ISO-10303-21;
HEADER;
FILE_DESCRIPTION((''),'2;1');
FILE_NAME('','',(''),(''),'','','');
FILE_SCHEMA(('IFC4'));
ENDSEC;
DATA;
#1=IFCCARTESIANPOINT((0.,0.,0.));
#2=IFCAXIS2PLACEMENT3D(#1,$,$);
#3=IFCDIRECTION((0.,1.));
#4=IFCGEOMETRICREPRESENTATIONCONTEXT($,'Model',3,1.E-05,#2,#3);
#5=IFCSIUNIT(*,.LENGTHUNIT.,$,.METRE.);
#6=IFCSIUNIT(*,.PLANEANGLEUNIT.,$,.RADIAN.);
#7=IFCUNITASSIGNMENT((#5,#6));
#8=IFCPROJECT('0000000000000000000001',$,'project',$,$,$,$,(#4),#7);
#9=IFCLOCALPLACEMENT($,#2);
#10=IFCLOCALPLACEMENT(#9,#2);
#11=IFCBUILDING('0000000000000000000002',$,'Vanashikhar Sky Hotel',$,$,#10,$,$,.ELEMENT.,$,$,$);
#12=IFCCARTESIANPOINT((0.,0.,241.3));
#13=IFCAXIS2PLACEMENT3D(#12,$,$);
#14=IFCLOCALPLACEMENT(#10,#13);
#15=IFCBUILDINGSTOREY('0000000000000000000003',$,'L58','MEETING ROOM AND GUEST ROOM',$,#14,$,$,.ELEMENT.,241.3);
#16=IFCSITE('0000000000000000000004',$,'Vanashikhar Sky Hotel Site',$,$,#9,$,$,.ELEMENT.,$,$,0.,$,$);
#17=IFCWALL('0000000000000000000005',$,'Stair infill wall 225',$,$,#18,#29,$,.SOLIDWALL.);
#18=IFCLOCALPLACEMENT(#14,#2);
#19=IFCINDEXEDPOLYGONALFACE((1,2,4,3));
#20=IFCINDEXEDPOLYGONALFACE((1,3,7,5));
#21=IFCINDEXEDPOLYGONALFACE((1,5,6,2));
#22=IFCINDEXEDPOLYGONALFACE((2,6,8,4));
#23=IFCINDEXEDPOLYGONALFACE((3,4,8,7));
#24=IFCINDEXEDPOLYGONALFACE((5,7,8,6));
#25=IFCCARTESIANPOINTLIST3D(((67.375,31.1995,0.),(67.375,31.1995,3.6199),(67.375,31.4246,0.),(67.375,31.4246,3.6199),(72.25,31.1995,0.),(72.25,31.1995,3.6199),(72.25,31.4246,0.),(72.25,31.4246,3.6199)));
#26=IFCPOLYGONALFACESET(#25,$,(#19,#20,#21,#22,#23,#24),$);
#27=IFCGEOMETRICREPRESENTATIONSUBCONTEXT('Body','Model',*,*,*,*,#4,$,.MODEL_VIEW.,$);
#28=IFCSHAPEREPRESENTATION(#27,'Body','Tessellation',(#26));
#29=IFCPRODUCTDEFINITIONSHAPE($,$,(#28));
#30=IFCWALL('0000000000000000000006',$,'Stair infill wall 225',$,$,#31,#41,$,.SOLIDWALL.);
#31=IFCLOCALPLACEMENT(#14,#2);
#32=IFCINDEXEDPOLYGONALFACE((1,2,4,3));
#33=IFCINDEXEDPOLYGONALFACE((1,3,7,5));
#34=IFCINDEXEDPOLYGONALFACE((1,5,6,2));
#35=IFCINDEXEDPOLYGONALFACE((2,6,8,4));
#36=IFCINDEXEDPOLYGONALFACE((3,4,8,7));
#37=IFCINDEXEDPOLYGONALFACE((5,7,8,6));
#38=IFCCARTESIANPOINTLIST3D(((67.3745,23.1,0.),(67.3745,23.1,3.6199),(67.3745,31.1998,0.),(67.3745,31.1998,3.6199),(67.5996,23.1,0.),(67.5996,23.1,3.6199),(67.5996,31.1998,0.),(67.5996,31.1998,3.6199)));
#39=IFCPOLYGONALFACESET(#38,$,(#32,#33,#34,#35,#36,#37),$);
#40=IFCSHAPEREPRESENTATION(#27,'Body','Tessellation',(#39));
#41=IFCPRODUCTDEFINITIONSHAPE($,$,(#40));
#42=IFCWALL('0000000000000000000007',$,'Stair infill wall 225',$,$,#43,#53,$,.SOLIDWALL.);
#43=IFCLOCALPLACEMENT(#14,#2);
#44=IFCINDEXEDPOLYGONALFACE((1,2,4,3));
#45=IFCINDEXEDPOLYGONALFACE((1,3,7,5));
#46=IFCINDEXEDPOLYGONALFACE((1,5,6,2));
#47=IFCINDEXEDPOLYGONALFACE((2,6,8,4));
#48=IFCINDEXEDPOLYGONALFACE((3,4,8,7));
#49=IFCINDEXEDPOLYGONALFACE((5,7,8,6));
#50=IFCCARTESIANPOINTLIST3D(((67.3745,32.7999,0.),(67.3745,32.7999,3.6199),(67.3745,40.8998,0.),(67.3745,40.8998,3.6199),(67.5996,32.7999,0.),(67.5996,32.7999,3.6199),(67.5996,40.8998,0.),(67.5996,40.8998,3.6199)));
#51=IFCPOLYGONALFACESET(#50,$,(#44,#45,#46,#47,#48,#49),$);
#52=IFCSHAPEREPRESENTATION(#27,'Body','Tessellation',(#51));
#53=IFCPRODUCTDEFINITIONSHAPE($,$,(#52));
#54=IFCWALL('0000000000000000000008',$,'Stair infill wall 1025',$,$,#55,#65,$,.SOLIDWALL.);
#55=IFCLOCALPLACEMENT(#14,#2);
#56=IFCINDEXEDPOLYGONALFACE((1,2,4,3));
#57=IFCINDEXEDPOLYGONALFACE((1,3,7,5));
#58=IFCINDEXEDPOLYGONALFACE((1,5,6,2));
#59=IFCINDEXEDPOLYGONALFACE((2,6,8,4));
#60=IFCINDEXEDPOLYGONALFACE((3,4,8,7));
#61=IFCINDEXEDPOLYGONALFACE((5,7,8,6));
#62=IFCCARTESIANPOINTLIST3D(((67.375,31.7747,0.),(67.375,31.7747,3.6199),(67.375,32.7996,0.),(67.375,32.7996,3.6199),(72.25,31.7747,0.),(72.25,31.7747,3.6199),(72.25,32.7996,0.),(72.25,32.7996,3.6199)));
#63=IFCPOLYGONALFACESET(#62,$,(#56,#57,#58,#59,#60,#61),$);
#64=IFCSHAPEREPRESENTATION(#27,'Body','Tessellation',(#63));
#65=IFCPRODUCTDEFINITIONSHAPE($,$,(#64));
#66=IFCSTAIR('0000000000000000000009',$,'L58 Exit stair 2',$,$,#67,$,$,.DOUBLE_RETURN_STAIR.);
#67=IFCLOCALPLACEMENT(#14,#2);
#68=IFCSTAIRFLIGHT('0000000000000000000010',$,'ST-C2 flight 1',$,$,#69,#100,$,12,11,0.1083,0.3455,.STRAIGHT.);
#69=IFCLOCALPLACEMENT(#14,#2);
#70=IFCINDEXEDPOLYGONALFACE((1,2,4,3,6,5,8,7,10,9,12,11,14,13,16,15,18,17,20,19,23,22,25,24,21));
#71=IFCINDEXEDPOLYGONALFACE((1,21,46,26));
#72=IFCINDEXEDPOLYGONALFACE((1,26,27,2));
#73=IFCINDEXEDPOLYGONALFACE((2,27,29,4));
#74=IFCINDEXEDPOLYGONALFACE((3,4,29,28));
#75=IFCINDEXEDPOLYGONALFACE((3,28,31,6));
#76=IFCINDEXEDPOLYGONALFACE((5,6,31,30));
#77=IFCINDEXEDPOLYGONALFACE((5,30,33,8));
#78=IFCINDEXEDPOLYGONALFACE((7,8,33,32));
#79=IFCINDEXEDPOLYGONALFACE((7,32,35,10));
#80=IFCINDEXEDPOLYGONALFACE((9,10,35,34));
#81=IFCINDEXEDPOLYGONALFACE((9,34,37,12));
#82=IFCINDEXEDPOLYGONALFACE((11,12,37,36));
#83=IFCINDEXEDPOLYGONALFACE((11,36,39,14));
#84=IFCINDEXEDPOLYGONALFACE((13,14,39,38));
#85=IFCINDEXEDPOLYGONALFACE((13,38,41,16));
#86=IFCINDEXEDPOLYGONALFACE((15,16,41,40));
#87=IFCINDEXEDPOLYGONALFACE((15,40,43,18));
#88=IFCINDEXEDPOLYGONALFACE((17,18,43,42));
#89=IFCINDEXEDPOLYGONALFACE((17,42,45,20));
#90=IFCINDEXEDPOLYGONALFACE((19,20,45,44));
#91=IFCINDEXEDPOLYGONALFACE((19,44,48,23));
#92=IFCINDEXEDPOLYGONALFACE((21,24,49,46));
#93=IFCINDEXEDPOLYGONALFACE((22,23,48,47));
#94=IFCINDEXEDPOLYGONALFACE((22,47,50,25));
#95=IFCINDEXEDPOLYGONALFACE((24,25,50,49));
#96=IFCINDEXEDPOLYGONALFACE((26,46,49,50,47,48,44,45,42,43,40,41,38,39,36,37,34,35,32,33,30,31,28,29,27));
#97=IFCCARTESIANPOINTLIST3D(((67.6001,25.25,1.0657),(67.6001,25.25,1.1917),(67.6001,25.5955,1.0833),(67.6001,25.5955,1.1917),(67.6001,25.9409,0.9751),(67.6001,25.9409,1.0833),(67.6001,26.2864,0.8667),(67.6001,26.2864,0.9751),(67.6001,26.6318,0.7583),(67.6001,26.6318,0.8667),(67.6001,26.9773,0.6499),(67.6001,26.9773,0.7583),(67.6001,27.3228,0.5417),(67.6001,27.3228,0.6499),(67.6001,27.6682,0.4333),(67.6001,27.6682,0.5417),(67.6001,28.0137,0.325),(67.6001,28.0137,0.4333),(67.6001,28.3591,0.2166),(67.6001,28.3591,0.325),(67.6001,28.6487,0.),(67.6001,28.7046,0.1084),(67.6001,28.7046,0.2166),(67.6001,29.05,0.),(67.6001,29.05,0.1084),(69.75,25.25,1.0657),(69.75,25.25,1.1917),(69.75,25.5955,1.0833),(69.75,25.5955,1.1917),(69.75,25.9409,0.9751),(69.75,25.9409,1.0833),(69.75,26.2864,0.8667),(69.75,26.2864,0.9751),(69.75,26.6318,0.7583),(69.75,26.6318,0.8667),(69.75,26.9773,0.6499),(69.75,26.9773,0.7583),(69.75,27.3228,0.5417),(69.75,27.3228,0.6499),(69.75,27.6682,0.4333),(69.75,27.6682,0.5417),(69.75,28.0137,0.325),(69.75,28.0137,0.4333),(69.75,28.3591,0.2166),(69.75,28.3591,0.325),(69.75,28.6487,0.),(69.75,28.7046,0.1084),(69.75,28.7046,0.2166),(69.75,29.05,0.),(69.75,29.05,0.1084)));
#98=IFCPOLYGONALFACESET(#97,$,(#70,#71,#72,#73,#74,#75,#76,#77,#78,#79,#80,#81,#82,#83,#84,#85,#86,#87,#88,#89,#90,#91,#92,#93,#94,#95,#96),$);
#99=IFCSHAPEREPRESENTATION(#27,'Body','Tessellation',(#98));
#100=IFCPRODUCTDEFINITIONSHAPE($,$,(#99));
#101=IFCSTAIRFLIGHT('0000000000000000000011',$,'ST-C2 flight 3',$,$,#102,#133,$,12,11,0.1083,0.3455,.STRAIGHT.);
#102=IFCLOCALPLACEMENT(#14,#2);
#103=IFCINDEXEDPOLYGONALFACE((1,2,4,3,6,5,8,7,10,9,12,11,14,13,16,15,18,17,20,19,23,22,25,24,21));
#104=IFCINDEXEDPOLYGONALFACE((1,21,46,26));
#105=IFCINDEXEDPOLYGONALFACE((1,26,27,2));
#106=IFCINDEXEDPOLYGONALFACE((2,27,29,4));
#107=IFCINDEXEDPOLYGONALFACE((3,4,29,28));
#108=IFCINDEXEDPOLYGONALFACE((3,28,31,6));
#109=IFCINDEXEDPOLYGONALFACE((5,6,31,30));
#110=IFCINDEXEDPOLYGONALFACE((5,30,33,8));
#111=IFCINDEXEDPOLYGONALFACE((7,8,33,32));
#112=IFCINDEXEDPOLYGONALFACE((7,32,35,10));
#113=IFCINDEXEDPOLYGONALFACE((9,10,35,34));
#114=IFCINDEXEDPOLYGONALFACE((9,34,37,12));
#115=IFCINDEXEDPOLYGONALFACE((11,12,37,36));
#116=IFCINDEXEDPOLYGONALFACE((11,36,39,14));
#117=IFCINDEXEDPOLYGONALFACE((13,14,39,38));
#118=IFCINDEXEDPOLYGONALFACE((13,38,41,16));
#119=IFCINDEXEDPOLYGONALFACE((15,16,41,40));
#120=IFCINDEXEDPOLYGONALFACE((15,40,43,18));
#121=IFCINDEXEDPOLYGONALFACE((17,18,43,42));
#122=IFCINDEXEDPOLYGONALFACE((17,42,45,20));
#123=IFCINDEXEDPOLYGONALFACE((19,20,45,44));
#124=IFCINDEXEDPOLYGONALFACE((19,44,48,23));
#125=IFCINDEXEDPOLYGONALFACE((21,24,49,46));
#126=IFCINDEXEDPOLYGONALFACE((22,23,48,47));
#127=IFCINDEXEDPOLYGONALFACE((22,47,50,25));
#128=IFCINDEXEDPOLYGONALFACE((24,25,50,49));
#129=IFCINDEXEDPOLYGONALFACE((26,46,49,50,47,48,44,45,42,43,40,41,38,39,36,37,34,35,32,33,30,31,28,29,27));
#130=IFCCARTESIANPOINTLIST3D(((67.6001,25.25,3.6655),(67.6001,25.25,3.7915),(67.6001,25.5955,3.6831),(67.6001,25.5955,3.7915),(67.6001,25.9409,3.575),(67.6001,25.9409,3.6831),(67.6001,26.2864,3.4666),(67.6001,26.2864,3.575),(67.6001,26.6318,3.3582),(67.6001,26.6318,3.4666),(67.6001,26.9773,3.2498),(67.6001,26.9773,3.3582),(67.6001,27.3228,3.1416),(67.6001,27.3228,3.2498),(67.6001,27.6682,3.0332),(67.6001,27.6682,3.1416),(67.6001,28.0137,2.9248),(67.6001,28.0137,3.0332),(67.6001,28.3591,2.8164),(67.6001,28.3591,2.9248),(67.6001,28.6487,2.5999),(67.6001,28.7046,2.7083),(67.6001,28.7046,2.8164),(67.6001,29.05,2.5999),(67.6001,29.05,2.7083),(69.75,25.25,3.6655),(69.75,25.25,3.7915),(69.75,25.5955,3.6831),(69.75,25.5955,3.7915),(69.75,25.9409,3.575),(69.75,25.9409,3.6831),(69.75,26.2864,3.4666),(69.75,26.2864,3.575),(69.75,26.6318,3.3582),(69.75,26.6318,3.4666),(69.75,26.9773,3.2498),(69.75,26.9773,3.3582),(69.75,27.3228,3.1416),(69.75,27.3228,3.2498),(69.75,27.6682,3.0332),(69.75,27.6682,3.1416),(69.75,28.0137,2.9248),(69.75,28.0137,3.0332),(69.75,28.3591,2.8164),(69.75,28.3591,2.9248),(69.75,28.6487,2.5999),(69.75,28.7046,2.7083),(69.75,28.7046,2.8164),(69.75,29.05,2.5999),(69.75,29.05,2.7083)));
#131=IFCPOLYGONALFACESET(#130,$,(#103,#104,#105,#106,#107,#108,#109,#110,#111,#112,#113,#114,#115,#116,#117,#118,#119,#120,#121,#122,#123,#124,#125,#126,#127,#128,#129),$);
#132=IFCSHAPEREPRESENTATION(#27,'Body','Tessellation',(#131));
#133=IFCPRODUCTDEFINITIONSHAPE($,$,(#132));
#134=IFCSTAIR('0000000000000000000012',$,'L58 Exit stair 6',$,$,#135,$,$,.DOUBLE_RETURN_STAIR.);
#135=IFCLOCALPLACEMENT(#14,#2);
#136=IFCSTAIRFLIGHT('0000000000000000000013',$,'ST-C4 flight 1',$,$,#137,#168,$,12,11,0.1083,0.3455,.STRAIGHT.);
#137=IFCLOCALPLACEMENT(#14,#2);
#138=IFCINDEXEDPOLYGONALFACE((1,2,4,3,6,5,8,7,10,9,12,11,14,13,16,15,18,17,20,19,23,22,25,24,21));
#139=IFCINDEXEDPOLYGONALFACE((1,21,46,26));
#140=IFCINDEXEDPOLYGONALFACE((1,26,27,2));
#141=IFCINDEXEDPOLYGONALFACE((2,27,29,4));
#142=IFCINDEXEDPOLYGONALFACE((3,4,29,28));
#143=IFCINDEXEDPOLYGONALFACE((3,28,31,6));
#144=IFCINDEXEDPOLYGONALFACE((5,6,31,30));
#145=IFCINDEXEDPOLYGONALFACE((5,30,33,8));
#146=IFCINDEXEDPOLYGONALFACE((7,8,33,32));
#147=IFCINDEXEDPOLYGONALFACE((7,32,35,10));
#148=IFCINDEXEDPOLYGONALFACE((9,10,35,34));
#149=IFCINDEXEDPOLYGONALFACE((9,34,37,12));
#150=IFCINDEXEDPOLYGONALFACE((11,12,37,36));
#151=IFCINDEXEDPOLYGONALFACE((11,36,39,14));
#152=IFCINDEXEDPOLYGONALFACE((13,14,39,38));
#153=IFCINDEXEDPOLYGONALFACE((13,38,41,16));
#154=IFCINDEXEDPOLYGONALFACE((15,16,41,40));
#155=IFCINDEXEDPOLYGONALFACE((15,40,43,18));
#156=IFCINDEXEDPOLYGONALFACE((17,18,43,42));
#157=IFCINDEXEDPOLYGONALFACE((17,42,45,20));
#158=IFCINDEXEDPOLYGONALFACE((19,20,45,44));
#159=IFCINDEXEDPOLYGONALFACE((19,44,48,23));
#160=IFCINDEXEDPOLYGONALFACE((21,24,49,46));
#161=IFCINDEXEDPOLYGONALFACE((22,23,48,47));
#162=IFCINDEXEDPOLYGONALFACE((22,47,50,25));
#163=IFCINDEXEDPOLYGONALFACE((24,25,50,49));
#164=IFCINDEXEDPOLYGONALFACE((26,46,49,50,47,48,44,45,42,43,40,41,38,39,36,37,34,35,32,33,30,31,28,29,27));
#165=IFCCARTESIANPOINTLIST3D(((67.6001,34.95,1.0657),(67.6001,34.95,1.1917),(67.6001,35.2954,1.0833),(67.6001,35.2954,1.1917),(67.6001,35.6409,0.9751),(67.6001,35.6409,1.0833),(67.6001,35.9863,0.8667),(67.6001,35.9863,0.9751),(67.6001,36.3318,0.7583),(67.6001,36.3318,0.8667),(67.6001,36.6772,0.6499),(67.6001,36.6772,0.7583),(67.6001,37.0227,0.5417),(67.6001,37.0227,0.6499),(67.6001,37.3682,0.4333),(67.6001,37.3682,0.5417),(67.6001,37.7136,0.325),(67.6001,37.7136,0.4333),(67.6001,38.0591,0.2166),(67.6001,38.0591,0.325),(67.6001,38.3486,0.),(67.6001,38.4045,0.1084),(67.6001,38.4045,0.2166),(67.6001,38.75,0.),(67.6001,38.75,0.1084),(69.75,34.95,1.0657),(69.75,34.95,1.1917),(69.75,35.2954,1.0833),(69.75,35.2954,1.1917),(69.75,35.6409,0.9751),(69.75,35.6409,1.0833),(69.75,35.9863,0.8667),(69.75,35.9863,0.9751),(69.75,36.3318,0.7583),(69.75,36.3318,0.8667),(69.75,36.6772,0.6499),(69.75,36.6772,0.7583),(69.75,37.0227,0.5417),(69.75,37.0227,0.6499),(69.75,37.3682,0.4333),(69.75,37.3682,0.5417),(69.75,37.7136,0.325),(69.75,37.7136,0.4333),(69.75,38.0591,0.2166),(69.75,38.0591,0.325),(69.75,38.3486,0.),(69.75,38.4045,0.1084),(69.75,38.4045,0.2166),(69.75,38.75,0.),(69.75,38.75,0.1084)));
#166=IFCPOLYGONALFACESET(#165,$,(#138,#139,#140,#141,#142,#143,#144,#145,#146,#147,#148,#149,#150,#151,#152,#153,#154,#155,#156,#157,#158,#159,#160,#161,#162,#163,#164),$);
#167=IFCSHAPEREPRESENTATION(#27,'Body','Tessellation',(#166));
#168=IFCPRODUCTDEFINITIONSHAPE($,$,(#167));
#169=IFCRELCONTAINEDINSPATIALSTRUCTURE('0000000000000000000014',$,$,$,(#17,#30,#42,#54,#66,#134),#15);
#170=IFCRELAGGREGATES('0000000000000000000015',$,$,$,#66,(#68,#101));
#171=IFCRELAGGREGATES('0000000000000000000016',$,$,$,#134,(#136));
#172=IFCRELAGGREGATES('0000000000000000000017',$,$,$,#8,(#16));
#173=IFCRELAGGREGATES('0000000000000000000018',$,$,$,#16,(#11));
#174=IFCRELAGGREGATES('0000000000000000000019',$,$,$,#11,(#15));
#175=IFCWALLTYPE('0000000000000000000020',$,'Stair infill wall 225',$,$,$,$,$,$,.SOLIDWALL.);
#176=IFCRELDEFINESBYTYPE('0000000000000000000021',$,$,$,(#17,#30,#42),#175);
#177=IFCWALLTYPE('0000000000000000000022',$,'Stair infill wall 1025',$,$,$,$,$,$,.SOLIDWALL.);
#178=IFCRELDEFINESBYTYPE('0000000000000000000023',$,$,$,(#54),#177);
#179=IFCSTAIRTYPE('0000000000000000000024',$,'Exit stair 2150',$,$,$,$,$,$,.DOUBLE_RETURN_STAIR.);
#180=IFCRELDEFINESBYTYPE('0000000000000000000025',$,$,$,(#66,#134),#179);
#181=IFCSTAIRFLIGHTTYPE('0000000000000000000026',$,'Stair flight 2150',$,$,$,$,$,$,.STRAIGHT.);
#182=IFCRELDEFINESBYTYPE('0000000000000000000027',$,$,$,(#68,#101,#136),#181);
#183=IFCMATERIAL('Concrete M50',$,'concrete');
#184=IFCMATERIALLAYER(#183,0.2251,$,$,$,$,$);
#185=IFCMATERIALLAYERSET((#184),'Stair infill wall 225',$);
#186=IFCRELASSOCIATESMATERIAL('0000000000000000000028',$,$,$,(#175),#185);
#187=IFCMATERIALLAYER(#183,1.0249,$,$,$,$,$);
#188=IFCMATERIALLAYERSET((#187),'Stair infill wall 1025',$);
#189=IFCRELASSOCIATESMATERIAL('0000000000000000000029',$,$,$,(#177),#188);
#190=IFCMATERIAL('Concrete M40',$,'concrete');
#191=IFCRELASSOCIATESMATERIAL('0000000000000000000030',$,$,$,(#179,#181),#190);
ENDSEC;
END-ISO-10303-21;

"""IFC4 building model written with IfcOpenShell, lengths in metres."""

from ifc_helpers import new_model, si_unit, direction, frame, frame_2d, origin, place, context, subcontext, project, spatial, polyline, rectangle, outline, extrude, source, transform, mapped, material, layer, layer_set, type_object, element, aggregate, save


model = new_model("IFC4")

# Units and contexts
model_context = context("Model", 3, precision=1e-05, world=origin(), true_north=direction((0.0, 1.0)))
body_context = subcontext(model_context, "Body", "Model", "MODEL_VIEW")
ifc_project = project(units=[si_unit("LENGTHUNIT", "METRE"), si_unit("PLANEANGLEUNIT", "RADIAN")], contexts=[model_context])

# Site, building, storey
site_placement = place(None, origin())
site = spatial("IfcSite", under=ifc_project, at=site_placement, Name="Vanashikhar Sky Hotel Site", CompositionType="ELEMENT", RefElevation=0.0)
building_placement = place(site_placement, origin())
building = spatial("IfcBuilding", under=site, at=building_placement, Name="Vanashikhar Sky Hotel", CompositionType="ELEMENT")
storey_placement = place(building_placement, frame((0.0, 0.0, 241.3)))
storey = spatial("IfcBuildingStorey", under=building, at=storey_placement, Name="L58", Description="MEETING ROOM AND GUEST ROOM", CompositionType="ELEMENT", Elevation=241.3)

# Walls
ifc_material_1 = material(Name="Concrete M50", Category="concrete")
ifc_layer_1 = layer(ifc_material_1, 0.2251)
ifc_layer_set_1 = layer_set([ifc_layer_1], Name="Stair infill wall 225")
wall_type_1 = type_object("IfcWallType", Name="Stair infill wall 225", PredefinedType="SOLIDWALL", material=ifc_layer_set_1)
shared_shape_1 = source(origin(), body_context, "Body", "SweptSolid", [
    extrude(rectangle(XDim=4.875, YDim=0.2251, at=frame_2d((2.4375, 0.0))), origin(), (0.0, 0.0, 1.0), 3.6199),
])
wall_1_placement = place(storey_placement, frame((67.375, 31.312, 0.0), z_axis=(0.0, 0.0, 1.0), x_axis=(1.0, 0.0, 0.0)))
element("IfcWall", 1, at=wall_1_placement, inside=storey, type_object=wall_type_1, Name="Stair infill wall 225", PredefinedType="SOLIDWALL", context=body_context, shape_type="MappedRepresentation", body=[
    mapped(shared_shape_1, transform((0.0, 0.0, 0.0), scale=1.0)),
])
shared_shape_2 = source(origin(), body_context, "Body", "SweptSolid", [
    extrude(rectangle(XDim=8.0999, YDim=0.2251, at=frame_2d((4.0498, 0.0))), origin(), (0.0, 0.0, 1.0), 3.6199),
])
for number, where, z_axis, x_axis, name in (
    (2, (67.4871, 23.1001, 0.0), (0.0, 0.0, 1.0), (0.0, 1.0, 0.0), "Stair infill wall 225"),
    (3, (67.4871, 32.8, 0.0), (0.0, 0.0, 1.0), (0.0, 1.0, 0.0), "Stair infill wall 225"),
):
    element("IfcWall", number, at=place(storey_placement, frame(where, z_axis=z_axis, x_axis=x_axis)), inside=storey, type_object=wall_type_1, Name=name, PredefinedType="SOLIDWALL", context=body_context, shape_type="MappedRepresentation", body=[
        mapped(shared_shape_2, transform((0.0, 0.0, 0.0), scale=1.0)),
    ])
ifc_layer_2 = layer(ifc_material_1, 1.0249)
ifc_layer_set_2 = layer_set([ifc_layer_2], Name="Stair infill wall 1025")
wall_type_2 = type_object("IfcWallType", Name="Stair infill wall 1025", PredefinedType="SOLIDWALL", material=ifc_layer_set_2)
shared_shape_3 = source(origin(), body_context, "Body", "SweptSolid", [
    extrude(rectangle(XDim=4.875, YDim=1.0249, at=frame_2d((2.4375, 0.0))), origin(), (0.0, 0.0, 1.0), 3.6199),
])
wall_2_placement = place(storey_placement, frame((67.375, 32.2871, 0.0), z_axis=(0.0, 0.0, 1.0), x_axis=(1.0, 0.0, 0.0)))
element("IfcWall", 4, at=wall_2_placement, inside=storey, type_object=wall_type_2, Name="Stair infill wall 1025", PredefinedType="SOLIDWALL", context=body_context, shape_type="MappedRepresentation", body=[
    mapped(shared_shape_3, transform((0.0, 0.0, 0.0), scale=1.0)),
])

# Stairs, stair flights
ifc_material_2 = material(Name="Concrete M40", Category="concrete")
stair_type = type_object("IfcStairType", Name="Exit stair 2150", PredefinedType="DOUBLE_RETURN_STAIR", material=ifc_material_2)
stair_1_placement = place(storey_placement, origin())
stair_1 = element("IfcStair", 5, at=stair_1_placement, inside=storey, type_object=stair_type, Name="L58 Exit stair 2", PredefinedType="DOUBLE_RETURN_STAIR")
stair_flight_type = type_object("IfcStairFlightType", Name="Stair flight 2150", PredefinedType="STRAIGHT", material=ifc_material_2)
shared_shape_4 = source(origin(), body_context, "Body", "SweptSolid", [
    extrude(outline(polyline([(0.0, 0.0), (0.0, 0.1084), (0.3455, 0.1084), (0.3455, 0.2166), (0.6909, 0.2166), (0.6909, 0.325), (1.0364, 0.325), (1.0364, 0.4333), (1.3818, 0.4333), (1.3818, 0.5417), (1.7273, 0.5417), (1.7273, 0.6499), (2.0728, 0.6499), (2.0728, 0.7583), (2.4182, 0.7583), (2.4182, 0.8667), (2.7637, 0.8667), (2.7637, 0.9751), (3.1091, 0.9751), (3.1091, 1.0833), (3.4546, 1.0833), (3.4546, 1.1917), (3.8, 1.1917), (3.8, 1.3), (3.8, 1.0657), (0.4014, 0.0), (0.0, 0.0)])), frame((0.0, 1.075, 0.0), z_axis=(0.0, -1.0, 0.0), x_axis=(1.0, 0.0, 0.0)), (0.0, 0.0, 1.0), 2.1499),
])
stair_flight_1_placement = place(storey_placement, frame((68.675, 29.05, 0.0), z_axis=(0.0, 0.0, 1.0), x_axis=(0.0, -1.0, 0.0)))
stair_flight_1 = element("IfcStairFlight", 6, at=stair_flight_1_placement, type_object=stair_flight_type, Name="ST-C2 flight 1", NumberOfRisers=12, NumberOfTreads=11, PredefinedType="STRAIGHT", RiserHeight=0.1083, TreadLength=0.3455, context=body_context, shape_type="MappedRepresentation", body=[
    mapped(shared_shape_4, transform((0.0, 0.0, 0.0), scale=1.0)),
])
stair_flight_2_placement = place(storey_placement, frame((68.675, 29.05, 2.5999), z_axis=(0.0, 0.0, 1.0), x_axis=(0.0, -1.0, 0.0)))
stair_flight_2 = element("IfcStairFlight", 7, at=stair_flight_2_placement, type_object=stair_flight_type, Name="ST-C2 flight 3", NumberOfRisers=12, NumberOfTreads=11, PredefinedType="STRAIGHT", RiserHeight=0.1083, TreadLength=0.3455, context=body_context, shape_type="MappedRepresentation", body=[
    mapped(shared_shape_4, transform((0.0, 0.0, 0.0), scale=1.0)),
])
aggregate(stair_1, [stair_flight_1, stair_flight_2])
stair_2_placement = place(storey_placement, origin())
stair_2 = element("IfcStair", 8, at=stair_2_placement, inside=storey, type_object=stair_type, Name="L58 Exit stair 6", PredefinedType="DOUBLE_RETURN_STAIR")
stair_flight_3_placement = place(storey_placement, frame((68.675, 38.75, 0.0), z_axis=(0.0, 0.0, 1.0), x_axis=(0.0, -1.0, 0.0)))
stair_flight_3 = element("IfcStairFlight", 9, at=stair_flight_3_placement, type_object=stair_flight_type, Name="ST-C4 flight 1", NumberOfRisers=12, NumberOfTreads=11, PredefinedType="STRAIGHT", RiserHeight=0.1083, TreadLength=0.3455, context=body_context, shape_type="MappedRepresentation", body=[
    mapped(shared_shape_4, transform((0.0, 0.0, 0.0), scale=1.0)),
])
aggregate(stair_2, [stair_flight_3])

save(model, "model.ifc")
